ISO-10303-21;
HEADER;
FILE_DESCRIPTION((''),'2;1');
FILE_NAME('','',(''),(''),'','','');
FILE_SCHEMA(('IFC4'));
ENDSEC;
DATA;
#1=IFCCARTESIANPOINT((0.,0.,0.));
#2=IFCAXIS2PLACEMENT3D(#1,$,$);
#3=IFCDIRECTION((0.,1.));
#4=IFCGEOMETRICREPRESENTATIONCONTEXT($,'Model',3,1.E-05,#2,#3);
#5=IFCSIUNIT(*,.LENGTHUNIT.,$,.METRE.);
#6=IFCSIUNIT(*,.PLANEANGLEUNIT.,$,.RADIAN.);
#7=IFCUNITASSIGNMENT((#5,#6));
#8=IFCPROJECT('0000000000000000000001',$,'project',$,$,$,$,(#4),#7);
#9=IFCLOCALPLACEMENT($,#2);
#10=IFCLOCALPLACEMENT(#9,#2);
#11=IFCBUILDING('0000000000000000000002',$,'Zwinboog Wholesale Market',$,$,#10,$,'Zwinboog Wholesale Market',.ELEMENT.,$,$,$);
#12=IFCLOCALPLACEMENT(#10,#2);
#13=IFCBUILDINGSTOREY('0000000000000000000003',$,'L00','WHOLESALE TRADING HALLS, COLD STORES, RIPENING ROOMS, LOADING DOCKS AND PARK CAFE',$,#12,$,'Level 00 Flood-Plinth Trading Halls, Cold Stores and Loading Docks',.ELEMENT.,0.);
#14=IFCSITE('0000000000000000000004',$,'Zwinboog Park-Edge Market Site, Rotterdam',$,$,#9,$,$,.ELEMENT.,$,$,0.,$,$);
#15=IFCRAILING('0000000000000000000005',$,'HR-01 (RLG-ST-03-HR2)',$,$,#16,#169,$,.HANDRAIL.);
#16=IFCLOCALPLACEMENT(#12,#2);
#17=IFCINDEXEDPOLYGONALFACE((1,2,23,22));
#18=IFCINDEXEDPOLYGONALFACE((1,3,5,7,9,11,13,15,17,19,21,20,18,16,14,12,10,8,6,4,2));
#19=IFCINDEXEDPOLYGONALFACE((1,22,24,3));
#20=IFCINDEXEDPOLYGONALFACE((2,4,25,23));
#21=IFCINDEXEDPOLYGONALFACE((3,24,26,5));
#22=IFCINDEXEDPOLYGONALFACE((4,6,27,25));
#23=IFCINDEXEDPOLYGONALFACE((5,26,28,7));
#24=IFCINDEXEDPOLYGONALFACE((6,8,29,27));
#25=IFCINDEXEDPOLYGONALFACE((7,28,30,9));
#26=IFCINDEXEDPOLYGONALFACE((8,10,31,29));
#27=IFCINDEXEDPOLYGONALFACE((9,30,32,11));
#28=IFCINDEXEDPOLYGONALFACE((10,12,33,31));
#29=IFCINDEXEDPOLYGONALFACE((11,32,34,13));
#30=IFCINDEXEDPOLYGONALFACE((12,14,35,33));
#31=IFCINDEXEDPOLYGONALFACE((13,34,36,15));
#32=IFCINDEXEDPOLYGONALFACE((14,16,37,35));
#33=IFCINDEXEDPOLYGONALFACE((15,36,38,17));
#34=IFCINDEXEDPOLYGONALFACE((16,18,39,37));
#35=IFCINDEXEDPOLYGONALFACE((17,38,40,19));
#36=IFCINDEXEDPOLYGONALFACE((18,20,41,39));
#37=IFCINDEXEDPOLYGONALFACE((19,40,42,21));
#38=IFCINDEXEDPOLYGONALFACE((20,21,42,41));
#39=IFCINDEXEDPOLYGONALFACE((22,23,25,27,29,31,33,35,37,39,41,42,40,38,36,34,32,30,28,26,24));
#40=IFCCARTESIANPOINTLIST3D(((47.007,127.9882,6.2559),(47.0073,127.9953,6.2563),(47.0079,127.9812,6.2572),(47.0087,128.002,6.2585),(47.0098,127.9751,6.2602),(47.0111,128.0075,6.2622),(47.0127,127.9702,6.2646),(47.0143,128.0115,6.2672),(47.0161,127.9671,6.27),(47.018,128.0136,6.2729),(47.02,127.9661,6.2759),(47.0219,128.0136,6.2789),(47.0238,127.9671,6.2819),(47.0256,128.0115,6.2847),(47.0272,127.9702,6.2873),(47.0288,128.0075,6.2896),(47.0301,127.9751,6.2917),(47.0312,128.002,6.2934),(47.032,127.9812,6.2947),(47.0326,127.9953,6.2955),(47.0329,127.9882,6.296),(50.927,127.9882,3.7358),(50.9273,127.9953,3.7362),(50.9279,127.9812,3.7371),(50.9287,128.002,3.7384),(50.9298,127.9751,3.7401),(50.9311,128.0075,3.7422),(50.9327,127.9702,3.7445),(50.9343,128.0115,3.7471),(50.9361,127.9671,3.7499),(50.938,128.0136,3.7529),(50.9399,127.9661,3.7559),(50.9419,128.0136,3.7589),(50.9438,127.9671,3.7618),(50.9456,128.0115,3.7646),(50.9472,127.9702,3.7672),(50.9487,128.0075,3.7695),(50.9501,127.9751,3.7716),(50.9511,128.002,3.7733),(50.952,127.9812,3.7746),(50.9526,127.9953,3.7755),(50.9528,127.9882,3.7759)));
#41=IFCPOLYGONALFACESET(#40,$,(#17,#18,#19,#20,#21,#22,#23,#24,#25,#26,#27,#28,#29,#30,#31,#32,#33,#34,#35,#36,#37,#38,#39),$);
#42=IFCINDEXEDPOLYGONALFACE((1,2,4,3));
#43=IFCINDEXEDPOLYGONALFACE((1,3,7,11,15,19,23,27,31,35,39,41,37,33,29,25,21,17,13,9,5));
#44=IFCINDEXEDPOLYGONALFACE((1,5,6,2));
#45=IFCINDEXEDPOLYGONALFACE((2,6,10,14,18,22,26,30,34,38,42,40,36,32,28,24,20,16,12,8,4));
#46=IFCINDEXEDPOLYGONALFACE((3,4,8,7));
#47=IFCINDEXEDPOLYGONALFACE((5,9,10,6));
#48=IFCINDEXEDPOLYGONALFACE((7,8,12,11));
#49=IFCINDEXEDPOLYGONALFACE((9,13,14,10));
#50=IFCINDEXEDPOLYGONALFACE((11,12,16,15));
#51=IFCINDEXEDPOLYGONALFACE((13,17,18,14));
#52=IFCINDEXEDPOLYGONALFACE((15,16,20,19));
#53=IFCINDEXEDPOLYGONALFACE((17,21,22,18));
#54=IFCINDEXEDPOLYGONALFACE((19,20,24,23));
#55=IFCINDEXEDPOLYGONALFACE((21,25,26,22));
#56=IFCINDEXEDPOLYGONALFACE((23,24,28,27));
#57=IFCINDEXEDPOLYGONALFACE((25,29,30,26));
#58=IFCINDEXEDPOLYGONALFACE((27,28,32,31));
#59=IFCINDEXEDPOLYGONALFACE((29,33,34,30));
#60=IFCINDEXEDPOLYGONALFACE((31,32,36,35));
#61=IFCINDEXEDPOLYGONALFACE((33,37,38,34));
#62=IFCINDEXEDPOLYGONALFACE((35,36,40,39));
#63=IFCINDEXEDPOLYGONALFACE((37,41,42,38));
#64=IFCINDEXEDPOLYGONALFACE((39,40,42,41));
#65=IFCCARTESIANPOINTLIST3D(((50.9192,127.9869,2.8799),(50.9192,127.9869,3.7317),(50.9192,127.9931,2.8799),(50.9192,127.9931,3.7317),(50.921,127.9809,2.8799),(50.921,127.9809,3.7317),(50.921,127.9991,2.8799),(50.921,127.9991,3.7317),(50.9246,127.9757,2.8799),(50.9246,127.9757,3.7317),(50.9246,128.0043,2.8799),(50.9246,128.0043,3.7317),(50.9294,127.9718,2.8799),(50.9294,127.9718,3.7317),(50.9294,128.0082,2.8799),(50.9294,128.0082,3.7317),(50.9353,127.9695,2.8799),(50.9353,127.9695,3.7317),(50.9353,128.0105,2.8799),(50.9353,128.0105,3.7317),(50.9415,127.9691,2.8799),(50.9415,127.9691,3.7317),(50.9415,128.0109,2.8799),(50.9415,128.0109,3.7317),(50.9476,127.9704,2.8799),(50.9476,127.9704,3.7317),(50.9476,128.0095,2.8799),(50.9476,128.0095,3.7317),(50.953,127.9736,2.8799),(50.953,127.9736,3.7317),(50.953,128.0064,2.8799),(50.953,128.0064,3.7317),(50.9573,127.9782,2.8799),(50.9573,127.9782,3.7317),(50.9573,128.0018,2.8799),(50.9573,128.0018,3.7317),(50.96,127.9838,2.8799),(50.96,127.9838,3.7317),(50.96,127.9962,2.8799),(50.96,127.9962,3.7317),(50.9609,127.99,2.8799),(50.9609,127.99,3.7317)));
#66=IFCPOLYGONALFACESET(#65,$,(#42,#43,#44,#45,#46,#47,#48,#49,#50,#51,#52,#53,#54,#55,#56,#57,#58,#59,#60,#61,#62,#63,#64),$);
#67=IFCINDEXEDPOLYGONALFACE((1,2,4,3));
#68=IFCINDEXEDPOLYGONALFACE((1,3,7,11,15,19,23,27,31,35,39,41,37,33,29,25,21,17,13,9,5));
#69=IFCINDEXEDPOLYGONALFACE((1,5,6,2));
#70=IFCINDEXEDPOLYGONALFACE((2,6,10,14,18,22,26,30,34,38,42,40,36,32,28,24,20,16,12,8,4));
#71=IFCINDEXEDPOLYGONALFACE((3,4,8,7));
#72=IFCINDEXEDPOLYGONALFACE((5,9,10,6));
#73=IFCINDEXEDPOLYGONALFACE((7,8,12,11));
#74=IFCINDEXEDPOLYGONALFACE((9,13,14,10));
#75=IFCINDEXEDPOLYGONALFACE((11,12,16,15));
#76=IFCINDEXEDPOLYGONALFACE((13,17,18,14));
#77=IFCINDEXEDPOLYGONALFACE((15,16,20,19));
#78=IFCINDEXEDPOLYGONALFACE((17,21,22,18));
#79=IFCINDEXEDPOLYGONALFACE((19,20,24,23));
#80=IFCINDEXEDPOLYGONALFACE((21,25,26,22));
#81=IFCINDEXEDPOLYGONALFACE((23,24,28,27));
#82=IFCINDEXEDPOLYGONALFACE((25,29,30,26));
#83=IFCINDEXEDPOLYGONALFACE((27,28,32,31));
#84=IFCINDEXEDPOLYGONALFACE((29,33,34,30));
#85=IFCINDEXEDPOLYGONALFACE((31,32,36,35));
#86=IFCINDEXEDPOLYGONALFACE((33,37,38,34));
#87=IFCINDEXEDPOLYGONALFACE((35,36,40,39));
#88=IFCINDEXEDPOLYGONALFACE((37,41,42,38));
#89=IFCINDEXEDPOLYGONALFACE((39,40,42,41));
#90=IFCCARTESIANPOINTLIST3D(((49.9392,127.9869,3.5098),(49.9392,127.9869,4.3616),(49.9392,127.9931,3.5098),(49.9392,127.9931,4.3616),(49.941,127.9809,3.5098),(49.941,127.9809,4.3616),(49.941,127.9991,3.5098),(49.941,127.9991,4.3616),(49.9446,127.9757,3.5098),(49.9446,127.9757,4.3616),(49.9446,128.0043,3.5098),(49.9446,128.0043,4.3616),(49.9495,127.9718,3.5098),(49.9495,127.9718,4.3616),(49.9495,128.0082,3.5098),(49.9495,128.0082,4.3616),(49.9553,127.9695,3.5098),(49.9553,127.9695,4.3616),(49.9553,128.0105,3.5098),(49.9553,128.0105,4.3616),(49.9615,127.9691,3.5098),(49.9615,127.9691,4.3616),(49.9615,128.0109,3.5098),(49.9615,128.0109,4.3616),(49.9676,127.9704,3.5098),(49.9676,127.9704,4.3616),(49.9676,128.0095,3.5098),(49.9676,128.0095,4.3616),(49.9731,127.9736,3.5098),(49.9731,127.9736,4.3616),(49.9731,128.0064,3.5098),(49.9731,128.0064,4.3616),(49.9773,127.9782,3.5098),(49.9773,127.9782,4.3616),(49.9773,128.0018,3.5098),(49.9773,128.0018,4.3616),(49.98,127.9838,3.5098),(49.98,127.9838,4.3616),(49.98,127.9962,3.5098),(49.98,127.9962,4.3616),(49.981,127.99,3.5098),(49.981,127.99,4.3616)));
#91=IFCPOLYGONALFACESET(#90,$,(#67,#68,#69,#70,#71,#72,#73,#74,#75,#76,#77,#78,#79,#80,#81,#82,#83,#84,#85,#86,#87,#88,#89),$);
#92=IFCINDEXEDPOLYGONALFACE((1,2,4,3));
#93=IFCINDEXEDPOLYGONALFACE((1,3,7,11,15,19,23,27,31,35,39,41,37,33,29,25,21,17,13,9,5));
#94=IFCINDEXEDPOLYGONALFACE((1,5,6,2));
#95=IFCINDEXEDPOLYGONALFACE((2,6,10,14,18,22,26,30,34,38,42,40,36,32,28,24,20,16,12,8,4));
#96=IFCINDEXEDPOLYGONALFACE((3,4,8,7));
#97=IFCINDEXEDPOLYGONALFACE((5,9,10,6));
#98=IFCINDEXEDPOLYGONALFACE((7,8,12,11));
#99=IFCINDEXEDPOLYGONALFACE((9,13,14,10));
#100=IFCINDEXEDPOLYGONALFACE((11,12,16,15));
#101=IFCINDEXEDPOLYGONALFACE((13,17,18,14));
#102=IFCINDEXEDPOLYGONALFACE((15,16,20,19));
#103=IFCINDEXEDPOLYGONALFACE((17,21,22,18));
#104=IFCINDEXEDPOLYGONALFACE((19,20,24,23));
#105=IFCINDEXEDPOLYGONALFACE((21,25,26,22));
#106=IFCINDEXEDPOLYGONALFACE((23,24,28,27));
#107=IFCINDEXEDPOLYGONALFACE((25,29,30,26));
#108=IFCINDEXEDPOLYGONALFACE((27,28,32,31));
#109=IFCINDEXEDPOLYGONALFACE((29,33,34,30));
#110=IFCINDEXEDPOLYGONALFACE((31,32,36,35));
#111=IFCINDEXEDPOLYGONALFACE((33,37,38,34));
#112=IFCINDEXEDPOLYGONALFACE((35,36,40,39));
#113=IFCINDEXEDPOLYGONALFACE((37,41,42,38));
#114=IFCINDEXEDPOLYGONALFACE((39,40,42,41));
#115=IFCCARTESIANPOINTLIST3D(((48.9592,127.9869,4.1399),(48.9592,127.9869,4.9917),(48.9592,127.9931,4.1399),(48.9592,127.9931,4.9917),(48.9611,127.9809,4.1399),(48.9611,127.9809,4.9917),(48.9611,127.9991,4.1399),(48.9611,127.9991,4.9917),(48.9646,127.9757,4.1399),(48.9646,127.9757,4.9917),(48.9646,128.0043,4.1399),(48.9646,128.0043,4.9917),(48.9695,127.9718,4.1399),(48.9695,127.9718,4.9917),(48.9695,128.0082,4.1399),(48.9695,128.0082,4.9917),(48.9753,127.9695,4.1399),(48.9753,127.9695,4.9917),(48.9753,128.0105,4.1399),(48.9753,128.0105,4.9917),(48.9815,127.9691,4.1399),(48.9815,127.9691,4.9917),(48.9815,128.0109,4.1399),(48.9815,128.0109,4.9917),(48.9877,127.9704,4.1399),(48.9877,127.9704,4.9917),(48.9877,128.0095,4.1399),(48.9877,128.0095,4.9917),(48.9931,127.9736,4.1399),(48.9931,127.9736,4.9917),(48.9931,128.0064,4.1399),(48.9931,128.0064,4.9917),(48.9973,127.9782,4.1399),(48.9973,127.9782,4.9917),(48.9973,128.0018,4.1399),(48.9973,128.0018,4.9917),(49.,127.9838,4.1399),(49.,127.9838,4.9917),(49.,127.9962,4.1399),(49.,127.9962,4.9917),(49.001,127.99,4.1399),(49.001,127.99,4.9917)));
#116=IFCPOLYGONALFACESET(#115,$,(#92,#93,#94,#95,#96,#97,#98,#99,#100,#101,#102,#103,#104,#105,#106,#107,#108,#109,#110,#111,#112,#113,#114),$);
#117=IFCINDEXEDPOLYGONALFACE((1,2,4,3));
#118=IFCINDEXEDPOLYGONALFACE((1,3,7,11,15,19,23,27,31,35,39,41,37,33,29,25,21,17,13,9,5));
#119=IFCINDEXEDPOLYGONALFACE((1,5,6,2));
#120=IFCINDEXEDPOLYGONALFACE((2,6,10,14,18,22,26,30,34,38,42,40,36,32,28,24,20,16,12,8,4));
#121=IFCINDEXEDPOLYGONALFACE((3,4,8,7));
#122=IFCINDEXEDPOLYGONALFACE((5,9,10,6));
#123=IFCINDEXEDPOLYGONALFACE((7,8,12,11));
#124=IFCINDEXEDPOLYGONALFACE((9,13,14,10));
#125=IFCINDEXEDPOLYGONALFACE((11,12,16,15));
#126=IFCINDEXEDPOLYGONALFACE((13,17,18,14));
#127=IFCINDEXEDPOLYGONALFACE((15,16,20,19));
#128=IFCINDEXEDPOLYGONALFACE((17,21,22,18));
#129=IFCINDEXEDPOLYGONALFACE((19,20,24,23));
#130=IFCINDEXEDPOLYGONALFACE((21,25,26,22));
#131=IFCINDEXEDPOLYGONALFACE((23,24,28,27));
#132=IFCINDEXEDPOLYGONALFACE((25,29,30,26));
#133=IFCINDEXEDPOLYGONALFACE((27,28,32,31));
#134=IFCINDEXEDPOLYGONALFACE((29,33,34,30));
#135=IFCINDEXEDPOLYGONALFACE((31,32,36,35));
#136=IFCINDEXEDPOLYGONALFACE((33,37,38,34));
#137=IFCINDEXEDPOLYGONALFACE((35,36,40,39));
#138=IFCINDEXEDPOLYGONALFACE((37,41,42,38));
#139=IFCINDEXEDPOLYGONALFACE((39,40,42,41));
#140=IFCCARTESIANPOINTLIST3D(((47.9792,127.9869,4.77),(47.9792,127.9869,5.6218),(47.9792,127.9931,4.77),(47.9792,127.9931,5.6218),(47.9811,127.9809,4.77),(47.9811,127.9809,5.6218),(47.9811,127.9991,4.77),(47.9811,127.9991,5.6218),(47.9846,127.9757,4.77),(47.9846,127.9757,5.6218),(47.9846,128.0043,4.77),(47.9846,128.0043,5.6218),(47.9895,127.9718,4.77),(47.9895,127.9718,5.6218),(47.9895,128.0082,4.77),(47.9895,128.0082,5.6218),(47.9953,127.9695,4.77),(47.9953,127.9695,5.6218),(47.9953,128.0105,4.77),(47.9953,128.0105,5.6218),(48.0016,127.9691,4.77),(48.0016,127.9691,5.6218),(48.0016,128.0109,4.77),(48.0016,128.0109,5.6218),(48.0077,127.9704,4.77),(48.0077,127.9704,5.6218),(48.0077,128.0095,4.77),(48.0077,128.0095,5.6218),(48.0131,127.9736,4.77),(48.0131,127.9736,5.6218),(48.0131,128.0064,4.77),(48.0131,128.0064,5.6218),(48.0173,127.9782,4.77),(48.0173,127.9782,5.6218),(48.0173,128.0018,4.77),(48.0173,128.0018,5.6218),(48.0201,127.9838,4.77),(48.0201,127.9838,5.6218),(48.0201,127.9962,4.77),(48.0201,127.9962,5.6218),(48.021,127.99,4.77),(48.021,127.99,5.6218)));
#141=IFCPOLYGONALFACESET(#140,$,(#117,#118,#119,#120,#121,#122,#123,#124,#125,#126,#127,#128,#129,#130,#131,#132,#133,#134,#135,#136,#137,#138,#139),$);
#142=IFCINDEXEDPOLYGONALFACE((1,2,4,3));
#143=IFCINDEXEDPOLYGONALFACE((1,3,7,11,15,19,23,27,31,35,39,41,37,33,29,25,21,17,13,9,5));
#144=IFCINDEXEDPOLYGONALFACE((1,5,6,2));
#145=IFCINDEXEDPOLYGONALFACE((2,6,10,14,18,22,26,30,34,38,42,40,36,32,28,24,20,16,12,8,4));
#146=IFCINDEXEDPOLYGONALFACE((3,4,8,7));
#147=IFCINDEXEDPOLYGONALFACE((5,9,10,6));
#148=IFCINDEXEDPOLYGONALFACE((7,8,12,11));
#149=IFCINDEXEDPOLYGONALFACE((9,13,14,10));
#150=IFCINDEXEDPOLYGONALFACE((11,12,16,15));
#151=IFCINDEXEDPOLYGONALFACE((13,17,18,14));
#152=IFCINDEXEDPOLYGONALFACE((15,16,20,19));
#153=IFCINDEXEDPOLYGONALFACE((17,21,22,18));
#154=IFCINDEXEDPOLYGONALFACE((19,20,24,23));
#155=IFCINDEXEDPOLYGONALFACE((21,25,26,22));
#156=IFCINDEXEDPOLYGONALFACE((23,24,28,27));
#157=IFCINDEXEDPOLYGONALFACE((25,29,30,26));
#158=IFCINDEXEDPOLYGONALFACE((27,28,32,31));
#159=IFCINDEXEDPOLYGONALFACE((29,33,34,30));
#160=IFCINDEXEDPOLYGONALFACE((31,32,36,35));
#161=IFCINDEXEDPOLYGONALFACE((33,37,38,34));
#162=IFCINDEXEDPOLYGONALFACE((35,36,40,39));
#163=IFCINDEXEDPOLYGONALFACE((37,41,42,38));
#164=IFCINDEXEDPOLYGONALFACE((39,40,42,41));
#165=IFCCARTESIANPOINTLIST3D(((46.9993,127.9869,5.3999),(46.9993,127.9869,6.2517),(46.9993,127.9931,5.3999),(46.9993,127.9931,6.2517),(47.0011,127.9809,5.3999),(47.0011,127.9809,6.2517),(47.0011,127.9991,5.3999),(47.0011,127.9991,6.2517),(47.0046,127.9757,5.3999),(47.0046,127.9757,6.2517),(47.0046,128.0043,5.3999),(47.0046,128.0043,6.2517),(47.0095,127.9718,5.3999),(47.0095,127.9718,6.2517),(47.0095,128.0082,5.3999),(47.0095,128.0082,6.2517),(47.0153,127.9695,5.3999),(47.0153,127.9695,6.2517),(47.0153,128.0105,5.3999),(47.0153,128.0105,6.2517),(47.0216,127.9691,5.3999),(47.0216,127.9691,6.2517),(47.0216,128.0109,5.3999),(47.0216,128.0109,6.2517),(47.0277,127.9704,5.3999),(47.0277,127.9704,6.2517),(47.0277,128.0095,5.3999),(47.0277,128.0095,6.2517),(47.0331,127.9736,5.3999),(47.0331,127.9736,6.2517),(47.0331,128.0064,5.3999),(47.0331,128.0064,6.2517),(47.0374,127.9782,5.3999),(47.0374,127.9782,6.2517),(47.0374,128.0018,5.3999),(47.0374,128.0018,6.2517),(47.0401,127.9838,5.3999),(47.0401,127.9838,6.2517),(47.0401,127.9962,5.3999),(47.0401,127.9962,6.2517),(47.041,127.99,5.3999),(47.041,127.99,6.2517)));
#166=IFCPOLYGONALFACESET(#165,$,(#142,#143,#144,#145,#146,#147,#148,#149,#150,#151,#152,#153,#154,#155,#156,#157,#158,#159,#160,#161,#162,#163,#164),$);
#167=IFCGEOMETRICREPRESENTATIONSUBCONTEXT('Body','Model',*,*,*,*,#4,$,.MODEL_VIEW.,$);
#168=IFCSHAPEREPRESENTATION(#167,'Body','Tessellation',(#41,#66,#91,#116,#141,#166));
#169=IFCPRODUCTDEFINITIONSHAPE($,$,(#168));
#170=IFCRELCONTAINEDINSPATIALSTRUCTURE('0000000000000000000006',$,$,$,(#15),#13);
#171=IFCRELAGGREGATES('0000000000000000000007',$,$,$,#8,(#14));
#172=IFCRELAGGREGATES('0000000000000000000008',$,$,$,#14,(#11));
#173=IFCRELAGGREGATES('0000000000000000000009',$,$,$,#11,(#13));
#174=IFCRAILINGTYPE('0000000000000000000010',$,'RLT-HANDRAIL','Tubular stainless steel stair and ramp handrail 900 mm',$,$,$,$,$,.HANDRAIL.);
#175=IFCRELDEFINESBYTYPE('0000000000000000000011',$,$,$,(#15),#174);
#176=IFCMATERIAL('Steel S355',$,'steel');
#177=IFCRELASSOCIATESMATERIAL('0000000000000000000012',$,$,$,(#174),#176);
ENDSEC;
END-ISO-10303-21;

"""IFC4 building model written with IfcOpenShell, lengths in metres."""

from ifc_helpers import new_model, si_unit, direction, frame, origin, origin_2d, place, context, subcontext, project, spatial, circle, extrude, material, type_object, element, save


model = new_model("IFC4")

# Units and contexts
model_context = context("Model", 3, precision=1e-05, world=origin(), true_north=direction((0.0, 1.0)))
body_context = subcontext(model_context, "Body", "Model", "MODEL_VIEW")
ifc_project = project(units=[si_unit("LENGTHUNIT", "METRE"), si_unit("PLANEANGLEUNIT", "RADIAN")], contexts=[model_context])

# Site, building, storey
site_placement = place(None, origin())
site = spatial("IfcSite", under=ifc_project, at=site_placement, Name="Zwinboog Park-Edge Market Site, Rotterdam", CompositionType="ELEMENT", RefElevation=0.0)
building_placement = place(site_placement, origin())
building = spatial("IfcBuilding", under=site, at=building_placement, Name="Zwinboog Wholesale Market", LongName="Zwinboog Wholesale Market", CompositionType="ELEMENT")
storey_placement = place(building_placement, origin())
storey = spatial("IfcBuildingStorey", under=building, at=storey_placement, Name="L00", Description="WHOLESALE TRADING HALLS, COLD STORES, RIPENING ROOMS, LOADING DOCKS AND PARK CAFE", LongName="Level 00 Flood-Plinth Trading Halls, Cold Stores and Loading Docks", CompositionType="ELEMENT", Elevation=0.0)

# Railing
ifc_material_1 = material(Name="Steel S355", Category="steel")
railing_type_1 = type_object("IfcRailingType", Name="RLT-HANDRAIL", Description="Tubular stainless steel stair and ramp handrail 900 mm", PredefinedType="HANDRAIL", material=ifc_material_1)
railing_1_placement = place(storey_placement, frame((50.9399, 127.99, 2.8799)))
element("IfcRailing", 1, at=railing_1_placement, inside=storey, type_object=railing_type_1, Name="HR-01 (RLG-ST-03-HR2)", PredefinedType="HANDRAIL", context=body_context, shape_type="SweptSolid", body=[
    extrude(circle(Radius=0.0239, at=origin_2d()), frame((0.0, 0.0, 0.876), z_axis=(-0.841172, 0.0, 0.540768), x_axis=(0.0, -1.0, 0.0)), (0.0, 0.0, 1.0), 4.6602),
    extrude(circle(Radius=0.021, at=origin_2d()), origin(), (0.0, 0.0, 1.0), 0.8518),
    extrude(circle(Radius=0.021, at=origin_2d()), frame((-0.98, 0.0, 0.6299)), (0.0, 0.0, 1.0), 0.8518),
    extrude(circle(Radius=0.021, at=origin_2d()), frame((-1.96, 0.0, 1.26)), (0.0, 0.0, 1.0), 0.8518),
    extrude(circle(Radius=0.021, at=origin_2d()), frame((-2.9399, 0.0, 1.8901)), (0.0, 0.0, 1.0), 0.8518),
    extrude(circle(Radius=0.021, at=origin_2d()), frame((-3.9199, 0.0, 2.52)), (0.0, 0.0, 1.0), 0.8518),
])

save(model, "model.ifc")
